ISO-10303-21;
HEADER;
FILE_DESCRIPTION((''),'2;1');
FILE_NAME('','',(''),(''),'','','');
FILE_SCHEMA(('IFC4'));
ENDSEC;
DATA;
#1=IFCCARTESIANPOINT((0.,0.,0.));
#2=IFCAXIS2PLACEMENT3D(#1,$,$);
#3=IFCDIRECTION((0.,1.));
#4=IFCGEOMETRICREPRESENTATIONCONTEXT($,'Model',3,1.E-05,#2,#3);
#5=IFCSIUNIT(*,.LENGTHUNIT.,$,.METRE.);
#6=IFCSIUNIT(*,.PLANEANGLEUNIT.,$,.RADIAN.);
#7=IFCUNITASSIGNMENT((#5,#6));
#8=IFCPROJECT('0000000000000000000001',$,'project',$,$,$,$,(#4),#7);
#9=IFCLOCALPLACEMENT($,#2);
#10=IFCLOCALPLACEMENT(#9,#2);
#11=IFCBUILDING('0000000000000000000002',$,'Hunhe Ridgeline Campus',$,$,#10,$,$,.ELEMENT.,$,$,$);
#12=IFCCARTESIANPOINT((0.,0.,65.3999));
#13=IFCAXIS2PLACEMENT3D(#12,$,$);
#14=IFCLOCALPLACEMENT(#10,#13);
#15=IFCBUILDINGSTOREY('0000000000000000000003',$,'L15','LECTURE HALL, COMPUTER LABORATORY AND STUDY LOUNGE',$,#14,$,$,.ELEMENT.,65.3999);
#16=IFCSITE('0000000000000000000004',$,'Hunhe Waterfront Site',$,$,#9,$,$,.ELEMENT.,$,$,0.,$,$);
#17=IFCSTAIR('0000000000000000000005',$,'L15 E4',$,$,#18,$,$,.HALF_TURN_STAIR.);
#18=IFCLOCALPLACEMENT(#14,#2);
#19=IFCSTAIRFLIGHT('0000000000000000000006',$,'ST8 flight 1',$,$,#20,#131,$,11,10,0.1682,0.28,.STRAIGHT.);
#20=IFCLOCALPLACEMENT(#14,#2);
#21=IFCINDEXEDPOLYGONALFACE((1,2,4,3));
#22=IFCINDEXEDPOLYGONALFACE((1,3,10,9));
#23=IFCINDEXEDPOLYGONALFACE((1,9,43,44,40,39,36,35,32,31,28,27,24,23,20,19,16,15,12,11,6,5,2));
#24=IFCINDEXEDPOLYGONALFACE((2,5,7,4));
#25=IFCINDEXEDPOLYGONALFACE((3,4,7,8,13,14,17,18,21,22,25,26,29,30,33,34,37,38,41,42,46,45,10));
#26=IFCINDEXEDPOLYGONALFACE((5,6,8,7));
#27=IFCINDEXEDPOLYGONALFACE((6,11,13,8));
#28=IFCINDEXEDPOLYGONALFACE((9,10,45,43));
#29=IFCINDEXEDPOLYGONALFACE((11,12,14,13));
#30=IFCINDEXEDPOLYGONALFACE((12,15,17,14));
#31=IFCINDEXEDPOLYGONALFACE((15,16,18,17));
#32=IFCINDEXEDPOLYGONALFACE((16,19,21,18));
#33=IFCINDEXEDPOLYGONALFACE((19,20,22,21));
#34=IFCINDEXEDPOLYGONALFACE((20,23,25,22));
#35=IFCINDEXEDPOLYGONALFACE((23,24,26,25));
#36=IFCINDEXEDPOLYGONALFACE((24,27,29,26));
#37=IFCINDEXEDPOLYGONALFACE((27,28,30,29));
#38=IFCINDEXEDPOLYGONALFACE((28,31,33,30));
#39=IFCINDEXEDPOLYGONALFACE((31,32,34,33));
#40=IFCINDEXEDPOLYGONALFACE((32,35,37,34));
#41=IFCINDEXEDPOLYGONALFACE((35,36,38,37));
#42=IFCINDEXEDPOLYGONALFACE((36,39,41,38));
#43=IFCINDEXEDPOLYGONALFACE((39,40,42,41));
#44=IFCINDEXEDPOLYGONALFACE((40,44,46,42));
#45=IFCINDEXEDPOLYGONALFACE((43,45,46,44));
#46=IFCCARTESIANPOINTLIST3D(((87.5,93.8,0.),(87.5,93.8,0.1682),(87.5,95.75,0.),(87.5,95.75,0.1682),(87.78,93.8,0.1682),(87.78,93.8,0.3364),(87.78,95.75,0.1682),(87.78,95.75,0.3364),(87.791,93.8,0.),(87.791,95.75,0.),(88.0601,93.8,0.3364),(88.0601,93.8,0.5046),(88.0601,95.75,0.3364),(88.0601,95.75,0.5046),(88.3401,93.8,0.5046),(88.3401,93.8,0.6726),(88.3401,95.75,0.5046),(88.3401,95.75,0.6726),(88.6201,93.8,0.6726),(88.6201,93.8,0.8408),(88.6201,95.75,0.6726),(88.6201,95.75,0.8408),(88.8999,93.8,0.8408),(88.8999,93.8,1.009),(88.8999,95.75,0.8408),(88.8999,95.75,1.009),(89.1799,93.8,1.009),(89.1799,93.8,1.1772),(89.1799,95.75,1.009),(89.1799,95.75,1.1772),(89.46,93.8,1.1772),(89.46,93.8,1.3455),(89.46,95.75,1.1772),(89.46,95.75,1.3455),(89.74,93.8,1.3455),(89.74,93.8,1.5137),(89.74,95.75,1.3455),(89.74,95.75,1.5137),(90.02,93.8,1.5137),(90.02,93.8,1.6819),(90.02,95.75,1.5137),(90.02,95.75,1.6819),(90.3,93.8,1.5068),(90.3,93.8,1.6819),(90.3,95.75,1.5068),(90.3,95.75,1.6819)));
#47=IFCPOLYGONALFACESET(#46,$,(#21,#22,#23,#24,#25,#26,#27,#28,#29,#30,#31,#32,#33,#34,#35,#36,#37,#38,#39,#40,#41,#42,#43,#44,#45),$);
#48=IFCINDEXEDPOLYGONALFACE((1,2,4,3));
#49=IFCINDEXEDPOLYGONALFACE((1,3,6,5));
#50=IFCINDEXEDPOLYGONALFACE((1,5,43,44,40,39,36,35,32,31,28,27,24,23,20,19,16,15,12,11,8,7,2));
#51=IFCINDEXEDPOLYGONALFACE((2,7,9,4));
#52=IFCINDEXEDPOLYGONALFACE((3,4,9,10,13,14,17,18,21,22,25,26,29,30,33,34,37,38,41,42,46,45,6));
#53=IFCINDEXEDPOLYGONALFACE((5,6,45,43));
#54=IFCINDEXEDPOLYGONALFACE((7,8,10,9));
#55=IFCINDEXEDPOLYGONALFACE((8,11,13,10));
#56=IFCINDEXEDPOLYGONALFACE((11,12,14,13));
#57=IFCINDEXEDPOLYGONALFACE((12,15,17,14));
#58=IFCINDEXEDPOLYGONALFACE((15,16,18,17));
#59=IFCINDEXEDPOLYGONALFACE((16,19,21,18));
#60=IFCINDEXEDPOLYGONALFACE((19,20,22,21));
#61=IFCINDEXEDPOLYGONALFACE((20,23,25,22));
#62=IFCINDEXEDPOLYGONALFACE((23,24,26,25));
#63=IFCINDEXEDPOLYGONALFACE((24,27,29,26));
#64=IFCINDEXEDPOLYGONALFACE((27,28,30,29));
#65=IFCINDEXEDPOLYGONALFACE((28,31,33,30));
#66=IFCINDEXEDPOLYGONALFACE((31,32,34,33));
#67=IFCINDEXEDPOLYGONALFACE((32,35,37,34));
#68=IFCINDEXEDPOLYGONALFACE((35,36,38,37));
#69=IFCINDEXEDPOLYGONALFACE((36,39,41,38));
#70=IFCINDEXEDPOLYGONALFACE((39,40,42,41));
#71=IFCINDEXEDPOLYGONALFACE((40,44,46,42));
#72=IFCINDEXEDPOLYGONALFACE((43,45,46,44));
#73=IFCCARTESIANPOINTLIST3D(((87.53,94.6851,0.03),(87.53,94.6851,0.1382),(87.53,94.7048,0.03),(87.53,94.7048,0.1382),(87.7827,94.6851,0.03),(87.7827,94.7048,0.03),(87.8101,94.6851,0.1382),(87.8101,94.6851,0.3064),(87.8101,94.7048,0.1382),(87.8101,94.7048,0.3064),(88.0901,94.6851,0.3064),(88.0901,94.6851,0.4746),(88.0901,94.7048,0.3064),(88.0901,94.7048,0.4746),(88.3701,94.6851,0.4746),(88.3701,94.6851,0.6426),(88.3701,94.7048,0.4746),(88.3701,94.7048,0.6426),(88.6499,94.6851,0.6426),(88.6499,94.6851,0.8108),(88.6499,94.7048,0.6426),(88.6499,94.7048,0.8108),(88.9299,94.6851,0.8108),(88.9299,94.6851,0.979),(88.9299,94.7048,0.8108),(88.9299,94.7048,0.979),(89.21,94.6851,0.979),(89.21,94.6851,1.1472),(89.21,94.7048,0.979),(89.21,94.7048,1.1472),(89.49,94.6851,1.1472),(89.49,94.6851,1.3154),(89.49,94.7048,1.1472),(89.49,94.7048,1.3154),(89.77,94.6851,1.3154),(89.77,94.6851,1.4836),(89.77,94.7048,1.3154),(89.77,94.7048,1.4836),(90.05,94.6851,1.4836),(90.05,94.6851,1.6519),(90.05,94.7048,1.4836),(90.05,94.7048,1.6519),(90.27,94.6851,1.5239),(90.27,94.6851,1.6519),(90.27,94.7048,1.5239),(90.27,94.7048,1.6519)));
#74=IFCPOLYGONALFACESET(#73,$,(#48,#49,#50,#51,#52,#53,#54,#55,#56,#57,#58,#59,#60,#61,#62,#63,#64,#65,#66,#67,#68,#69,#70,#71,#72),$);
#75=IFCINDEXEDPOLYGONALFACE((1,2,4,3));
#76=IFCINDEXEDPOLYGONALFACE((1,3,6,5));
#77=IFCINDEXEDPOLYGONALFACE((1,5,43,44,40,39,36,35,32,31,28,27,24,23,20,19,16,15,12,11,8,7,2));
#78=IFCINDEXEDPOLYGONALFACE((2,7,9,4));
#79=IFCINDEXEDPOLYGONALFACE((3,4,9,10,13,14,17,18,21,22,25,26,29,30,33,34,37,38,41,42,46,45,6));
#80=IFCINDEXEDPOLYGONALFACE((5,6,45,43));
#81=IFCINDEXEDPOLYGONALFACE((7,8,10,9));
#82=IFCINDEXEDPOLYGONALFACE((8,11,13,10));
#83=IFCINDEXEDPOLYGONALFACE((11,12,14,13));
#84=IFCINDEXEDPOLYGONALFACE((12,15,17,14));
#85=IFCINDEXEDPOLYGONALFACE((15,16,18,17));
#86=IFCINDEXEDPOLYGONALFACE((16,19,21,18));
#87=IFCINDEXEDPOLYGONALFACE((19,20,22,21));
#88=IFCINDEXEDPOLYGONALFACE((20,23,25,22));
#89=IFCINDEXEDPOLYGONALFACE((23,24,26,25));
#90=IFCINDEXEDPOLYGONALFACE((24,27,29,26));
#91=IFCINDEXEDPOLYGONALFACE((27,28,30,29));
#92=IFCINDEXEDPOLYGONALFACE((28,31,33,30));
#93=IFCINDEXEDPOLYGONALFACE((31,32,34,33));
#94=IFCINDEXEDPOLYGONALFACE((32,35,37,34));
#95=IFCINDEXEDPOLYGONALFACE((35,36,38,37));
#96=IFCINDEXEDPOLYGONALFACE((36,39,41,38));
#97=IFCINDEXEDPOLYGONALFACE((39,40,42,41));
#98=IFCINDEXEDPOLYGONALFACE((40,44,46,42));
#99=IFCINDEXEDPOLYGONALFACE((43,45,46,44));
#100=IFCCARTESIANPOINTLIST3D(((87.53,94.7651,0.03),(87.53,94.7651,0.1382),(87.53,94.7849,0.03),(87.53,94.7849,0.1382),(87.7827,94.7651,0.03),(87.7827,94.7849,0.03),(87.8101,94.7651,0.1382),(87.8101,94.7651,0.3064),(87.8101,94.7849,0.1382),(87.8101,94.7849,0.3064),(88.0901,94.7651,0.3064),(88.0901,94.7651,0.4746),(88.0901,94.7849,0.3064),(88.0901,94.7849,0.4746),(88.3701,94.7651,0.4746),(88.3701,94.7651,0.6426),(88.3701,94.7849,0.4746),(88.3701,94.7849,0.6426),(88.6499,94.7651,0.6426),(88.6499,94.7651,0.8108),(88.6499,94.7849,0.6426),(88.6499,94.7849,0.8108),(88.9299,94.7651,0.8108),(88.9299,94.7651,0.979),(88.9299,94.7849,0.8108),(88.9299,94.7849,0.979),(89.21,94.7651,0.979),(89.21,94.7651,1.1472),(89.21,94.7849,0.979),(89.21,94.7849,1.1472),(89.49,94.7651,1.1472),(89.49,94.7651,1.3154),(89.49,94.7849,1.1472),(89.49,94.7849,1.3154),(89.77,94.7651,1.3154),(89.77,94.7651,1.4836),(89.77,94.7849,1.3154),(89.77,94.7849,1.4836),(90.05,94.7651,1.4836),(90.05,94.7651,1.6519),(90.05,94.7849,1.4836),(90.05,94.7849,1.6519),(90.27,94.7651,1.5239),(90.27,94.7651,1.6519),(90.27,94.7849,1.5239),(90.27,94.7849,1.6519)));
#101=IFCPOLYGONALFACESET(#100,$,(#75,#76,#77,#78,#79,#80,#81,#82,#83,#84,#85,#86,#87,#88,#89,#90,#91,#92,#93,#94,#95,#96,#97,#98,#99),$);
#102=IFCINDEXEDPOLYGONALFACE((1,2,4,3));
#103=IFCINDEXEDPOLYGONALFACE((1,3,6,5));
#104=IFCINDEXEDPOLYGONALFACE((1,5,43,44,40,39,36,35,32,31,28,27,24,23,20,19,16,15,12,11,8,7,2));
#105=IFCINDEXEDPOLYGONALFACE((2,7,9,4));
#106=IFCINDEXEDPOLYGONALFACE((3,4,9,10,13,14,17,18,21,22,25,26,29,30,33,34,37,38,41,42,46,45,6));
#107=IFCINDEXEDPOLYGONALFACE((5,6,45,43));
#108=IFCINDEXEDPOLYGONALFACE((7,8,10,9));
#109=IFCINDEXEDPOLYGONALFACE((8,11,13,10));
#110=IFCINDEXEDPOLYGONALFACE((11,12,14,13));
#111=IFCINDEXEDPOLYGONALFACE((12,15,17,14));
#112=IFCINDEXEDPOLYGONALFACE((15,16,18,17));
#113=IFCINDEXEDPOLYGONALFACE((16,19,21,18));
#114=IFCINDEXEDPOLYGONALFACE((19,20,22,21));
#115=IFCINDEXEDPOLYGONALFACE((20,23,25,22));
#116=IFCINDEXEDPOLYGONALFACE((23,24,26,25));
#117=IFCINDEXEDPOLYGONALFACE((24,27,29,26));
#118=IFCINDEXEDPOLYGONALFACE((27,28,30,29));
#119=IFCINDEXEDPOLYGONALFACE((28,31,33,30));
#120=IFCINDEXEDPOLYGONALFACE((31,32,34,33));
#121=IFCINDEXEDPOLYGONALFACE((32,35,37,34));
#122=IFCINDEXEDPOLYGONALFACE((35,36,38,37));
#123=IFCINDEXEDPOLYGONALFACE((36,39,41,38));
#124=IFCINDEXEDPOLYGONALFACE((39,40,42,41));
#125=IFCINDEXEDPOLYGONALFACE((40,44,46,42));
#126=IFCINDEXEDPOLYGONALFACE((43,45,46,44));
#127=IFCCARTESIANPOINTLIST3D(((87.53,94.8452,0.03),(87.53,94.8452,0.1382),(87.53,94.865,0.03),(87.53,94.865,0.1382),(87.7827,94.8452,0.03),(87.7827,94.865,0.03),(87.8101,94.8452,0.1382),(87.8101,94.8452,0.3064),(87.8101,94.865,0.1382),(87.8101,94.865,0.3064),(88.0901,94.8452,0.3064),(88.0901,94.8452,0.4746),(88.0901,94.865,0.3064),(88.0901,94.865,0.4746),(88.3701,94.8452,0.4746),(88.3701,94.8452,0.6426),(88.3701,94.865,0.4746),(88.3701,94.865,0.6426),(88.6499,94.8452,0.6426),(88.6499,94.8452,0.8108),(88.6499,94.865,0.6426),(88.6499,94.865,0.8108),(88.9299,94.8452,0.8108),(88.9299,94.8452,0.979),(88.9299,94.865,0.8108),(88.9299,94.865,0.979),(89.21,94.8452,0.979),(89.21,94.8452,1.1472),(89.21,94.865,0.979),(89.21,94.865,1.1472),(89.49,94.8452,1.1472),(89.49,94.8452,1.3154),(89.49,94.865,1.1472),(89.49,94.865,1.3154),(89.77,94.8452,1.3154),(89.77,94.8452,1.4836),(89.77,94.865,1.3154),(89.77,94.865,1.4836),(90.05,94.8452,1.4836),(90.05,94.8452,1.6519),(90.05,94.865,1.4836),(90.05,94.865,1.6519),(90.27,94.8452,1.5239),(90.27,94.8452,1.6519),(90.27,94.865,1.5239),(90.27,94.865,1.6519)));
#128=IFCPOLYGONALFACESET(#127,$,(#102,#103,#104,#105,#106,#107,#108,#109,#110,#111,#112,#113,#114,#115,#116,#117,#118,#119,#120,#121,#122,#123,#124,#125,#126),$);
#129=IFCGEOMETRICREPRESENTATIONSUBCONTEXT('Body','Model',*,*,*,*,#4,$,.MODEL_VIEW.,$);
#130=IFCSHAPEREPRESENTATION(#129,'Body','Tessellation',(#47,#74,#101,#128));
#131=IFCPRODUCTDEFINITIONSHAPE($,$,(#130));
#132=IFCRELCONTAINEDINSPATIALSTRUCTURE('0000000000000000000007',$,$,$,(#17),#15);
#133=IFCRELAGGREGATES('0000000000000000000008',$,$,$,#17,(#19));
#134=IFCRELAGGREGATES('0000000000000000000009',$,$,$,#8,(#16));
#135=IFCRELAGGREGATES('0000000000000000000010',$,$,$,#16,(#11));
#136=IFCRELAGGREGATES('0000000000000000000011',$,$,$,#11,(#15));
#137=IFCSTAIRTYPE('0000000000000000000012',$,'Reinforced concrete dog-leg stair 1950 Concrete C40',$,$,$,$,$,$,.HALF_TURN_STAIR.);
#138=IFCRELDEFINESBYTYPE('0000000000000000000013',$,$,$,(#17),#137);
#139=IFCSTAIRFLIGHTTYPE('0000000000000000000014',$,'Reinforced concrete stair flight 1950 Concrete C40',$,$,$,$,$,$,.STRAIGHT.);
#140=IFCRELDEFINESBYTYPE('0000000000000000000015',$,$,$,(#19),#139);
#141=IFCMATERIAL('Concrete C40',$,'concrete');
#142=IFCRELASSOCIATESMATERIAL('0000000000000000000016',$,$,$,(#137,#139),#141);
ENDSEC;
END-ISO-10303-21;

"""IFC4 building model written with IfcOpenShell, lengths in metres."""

from ifc_helpers import new_model, si_unit, direction, frame, origin, place, context, subcontext, project, spatial, polyline, outline, extrude, material, type_object, element, aggregate, save


model = new_model("IFC4")

# Units and contexts
model_context = context("Model", 3, precision=1e-05, world=origin(), true_north=direction((0.0, 1.0)))
body_context = subcontext(model_context, "Body", "Model", "MODEL_VIEW")
ifc_project = project(units=[si_unit("LENGTHUNIT", "METRE"), si_unit("PLANEANGLEUNIT", "RADIAN")], contexts=[model_context])

# Site, building, storey
site_placement = place(None, origin())
site = spatial("IfcSite", under=ifc_project, at=site_placement, Name="Hunhe Waterfront Site", CompositionType="ELEMENT", RefElevation=0.0)
building_placement = place(site_placement, origin())
building = spatial("IfcBuilding", under=site, at=building_placement, Name="Hunhe Ridgeline Campus", CompositionType="ELEMENT")
storey_placement = place(building_placement, frame((0.0, 0.0, 65.3999)))
storey = spatial("IfcBuildingStorey", under=building, at=storey_placement, Name="L15", Description="LECTURE HALL, COMPUTER LABORATORY AND STUDY LOUNGE", CompositionType="ELEMENT", Elevation=65.3999)

# Stair, stair flight
ifc_material_1 = material(Name="Concrete C40", Category="concrete")
stair_type = type_object("IfcStairType", Name="Reinforced concrete dog-leg stair 1950 Concrete C40", PredefinedType="HALF_TURN_STAIR", material=ifc_material_1)
stair_placement = place(storey_placement, origin())
stair = element("IfcStair", 1, at=stair_placement, inside=storey, type_object=stair_type, Name="L15 E4", PredefinedType="HALF_TURN_STAIR")
stair_flight_type = type_object("IfcStairFlightType", Name="Reinforced concrete stair flight 1950 Concrete C40", PredefinedType="STRAIGHT", material=ifc_material_1)
stair_flight_1_placement = place(storey_placement, frame((87.5, 94.7749, 0.0), z_axis=(0.0, 0.0, 1.0), x_axis=(1.0, 0.0, 0.0)))
stair_flight_1 = element("IfcStairFlight", 2, at=stair_flight_1_placement, type_object=stair_flight_type, Name="ST8 flight 1", NumberOfRisers=11, NumberOfTreads=10, PredefinedType="STRAIGHT", RiserHeight=0.1682, TreadLength=0.28, context=body_context, shape_type="SweptSolid", body=[
    extrude(outline(polyline([(0.0, 0.0), (0.0, 0.1682), (0.28, 0.1682), (0.28, 0.3364), (0.5601, 0.3364), (0.5601, 0.5046), (0.8401, 0.5046), (0.8401, 0.6726), (1.1201, 0.6726), (1.1201, 0.8408), (1.3999, 0.8408), (1.3999, 1.009), (1.6799, 1.009), (1.6799, 1.1772), (1.96, 1.1772), (1.96, 1.3455), (2.24, 1.3455), (2.24, 1.5137), (2.52, 1.5137), (2.52, 1.6819), (2.8, 1.6819), (2.8, 1.8501), (2.8, 1.5068), (0.291, 0.0), (0.0, 0.0)])), frame((0.0, 0.9751, 0.0), z_axis=(0.0, -1.0, 0.0), x_axis=(1.0, 0.0, 0.0)), (0.0, 0.0, 1.0), 1.95),
    extrude(outline(polyline([(0.03, 0.03), (0.03, 0.1382), (0.3101, 0.1382), (0.3101, 0.3064), (0.5901, 0.3064), (0.5901, 0.4746), (0.8701, 0.4746), (0.8701, 0.6426), (1.1499, 0.6426), (1.1499, 0.8108), (1.4299, 0.8108), (1.4299, 0.979), (1.71, 0.979), (1.71, 1.1472), (1.99, 1.1472), (1.99, 1.3154), (2.27, 1.3154), (2.27, 1.4836), (2.55, 1.4836), (2.55, 1.6519), (2.77, 1.6519), (2.77, 1.5239), (0.2827, 0.03), (0.03, 0.03)])), frame((0.0, -0.0701, 0.0), z_axis=(0.0, -1.0, 0.0), x_axis=(1.0, 0.0, 0.0)), (0.0, 0.0, 1.0), 0.0198),
    extrude(outline(polyline([(0.03, 0.03), (0.03, 0.1382), (0.3101, 0.1382), (0.3101, 0.3064), (0.5901, 0.3064), (0.5901, 0.4746), (0.8701, 0.4746), (0.8701, 0.6426), (1.1499, 0.6426), (1.1499, 0.8108), (1.4299, 0.8108), (1.4299, 0.979), (1.71, 0.979), (1.71, 1.1472), (1.99, 1.1472), (1.99, 1.3154), (2.27, 1.3154), (2.27, 1.4836), (2.55, 1.4836), (2.55, 1.6519), (2.77, 1.6519), (2.77, 1.5239), (0.2827, 0.03), (0.03, 0.03)])), frame((0.0, 0.01, 0.0), z_axis=(0.0, -1.0, 0.0), x_axis=(1.0, 0.0, 0.0)), (0.0, 0.0, 1.0), 0.0198),
    extrude(outline(polyline([(0.03, 0.03), (0.03, 0.1382), (0.3101, 0.1382), (0.3101, 0.3064), (0.5901, 0.3064), (0.5901, 0.4746), (0.8701, 0.4746), (0.8701, 0.6426), (1.1499, 0.6426), (1.1499, 0.8108), (1.4299, 0.8108), (1.4299, 0.979), (1.71, 0.979), (1.71, 1.1472), (1.99, 1.1472), (1.99, 1.3154), (2.27, 1.3154), (2.27, 1.4836), (2.55, 1.4836), (2.55, 1.6519), (2.77, 1.6519), (2.77, 1.5239), (0.2827, 0.03), (0.03, 0.03)])), frame((0.0, 0.0901, 0.0), z_axis=(0.0, -1.0, 0.0), x_axis=(1.0, 0.0, 0.0)), (0.0, 0.0, 1.0), 0.0198),
])
aggregate(stair, [stair_flight_1])

save(model, "model.ifc")
